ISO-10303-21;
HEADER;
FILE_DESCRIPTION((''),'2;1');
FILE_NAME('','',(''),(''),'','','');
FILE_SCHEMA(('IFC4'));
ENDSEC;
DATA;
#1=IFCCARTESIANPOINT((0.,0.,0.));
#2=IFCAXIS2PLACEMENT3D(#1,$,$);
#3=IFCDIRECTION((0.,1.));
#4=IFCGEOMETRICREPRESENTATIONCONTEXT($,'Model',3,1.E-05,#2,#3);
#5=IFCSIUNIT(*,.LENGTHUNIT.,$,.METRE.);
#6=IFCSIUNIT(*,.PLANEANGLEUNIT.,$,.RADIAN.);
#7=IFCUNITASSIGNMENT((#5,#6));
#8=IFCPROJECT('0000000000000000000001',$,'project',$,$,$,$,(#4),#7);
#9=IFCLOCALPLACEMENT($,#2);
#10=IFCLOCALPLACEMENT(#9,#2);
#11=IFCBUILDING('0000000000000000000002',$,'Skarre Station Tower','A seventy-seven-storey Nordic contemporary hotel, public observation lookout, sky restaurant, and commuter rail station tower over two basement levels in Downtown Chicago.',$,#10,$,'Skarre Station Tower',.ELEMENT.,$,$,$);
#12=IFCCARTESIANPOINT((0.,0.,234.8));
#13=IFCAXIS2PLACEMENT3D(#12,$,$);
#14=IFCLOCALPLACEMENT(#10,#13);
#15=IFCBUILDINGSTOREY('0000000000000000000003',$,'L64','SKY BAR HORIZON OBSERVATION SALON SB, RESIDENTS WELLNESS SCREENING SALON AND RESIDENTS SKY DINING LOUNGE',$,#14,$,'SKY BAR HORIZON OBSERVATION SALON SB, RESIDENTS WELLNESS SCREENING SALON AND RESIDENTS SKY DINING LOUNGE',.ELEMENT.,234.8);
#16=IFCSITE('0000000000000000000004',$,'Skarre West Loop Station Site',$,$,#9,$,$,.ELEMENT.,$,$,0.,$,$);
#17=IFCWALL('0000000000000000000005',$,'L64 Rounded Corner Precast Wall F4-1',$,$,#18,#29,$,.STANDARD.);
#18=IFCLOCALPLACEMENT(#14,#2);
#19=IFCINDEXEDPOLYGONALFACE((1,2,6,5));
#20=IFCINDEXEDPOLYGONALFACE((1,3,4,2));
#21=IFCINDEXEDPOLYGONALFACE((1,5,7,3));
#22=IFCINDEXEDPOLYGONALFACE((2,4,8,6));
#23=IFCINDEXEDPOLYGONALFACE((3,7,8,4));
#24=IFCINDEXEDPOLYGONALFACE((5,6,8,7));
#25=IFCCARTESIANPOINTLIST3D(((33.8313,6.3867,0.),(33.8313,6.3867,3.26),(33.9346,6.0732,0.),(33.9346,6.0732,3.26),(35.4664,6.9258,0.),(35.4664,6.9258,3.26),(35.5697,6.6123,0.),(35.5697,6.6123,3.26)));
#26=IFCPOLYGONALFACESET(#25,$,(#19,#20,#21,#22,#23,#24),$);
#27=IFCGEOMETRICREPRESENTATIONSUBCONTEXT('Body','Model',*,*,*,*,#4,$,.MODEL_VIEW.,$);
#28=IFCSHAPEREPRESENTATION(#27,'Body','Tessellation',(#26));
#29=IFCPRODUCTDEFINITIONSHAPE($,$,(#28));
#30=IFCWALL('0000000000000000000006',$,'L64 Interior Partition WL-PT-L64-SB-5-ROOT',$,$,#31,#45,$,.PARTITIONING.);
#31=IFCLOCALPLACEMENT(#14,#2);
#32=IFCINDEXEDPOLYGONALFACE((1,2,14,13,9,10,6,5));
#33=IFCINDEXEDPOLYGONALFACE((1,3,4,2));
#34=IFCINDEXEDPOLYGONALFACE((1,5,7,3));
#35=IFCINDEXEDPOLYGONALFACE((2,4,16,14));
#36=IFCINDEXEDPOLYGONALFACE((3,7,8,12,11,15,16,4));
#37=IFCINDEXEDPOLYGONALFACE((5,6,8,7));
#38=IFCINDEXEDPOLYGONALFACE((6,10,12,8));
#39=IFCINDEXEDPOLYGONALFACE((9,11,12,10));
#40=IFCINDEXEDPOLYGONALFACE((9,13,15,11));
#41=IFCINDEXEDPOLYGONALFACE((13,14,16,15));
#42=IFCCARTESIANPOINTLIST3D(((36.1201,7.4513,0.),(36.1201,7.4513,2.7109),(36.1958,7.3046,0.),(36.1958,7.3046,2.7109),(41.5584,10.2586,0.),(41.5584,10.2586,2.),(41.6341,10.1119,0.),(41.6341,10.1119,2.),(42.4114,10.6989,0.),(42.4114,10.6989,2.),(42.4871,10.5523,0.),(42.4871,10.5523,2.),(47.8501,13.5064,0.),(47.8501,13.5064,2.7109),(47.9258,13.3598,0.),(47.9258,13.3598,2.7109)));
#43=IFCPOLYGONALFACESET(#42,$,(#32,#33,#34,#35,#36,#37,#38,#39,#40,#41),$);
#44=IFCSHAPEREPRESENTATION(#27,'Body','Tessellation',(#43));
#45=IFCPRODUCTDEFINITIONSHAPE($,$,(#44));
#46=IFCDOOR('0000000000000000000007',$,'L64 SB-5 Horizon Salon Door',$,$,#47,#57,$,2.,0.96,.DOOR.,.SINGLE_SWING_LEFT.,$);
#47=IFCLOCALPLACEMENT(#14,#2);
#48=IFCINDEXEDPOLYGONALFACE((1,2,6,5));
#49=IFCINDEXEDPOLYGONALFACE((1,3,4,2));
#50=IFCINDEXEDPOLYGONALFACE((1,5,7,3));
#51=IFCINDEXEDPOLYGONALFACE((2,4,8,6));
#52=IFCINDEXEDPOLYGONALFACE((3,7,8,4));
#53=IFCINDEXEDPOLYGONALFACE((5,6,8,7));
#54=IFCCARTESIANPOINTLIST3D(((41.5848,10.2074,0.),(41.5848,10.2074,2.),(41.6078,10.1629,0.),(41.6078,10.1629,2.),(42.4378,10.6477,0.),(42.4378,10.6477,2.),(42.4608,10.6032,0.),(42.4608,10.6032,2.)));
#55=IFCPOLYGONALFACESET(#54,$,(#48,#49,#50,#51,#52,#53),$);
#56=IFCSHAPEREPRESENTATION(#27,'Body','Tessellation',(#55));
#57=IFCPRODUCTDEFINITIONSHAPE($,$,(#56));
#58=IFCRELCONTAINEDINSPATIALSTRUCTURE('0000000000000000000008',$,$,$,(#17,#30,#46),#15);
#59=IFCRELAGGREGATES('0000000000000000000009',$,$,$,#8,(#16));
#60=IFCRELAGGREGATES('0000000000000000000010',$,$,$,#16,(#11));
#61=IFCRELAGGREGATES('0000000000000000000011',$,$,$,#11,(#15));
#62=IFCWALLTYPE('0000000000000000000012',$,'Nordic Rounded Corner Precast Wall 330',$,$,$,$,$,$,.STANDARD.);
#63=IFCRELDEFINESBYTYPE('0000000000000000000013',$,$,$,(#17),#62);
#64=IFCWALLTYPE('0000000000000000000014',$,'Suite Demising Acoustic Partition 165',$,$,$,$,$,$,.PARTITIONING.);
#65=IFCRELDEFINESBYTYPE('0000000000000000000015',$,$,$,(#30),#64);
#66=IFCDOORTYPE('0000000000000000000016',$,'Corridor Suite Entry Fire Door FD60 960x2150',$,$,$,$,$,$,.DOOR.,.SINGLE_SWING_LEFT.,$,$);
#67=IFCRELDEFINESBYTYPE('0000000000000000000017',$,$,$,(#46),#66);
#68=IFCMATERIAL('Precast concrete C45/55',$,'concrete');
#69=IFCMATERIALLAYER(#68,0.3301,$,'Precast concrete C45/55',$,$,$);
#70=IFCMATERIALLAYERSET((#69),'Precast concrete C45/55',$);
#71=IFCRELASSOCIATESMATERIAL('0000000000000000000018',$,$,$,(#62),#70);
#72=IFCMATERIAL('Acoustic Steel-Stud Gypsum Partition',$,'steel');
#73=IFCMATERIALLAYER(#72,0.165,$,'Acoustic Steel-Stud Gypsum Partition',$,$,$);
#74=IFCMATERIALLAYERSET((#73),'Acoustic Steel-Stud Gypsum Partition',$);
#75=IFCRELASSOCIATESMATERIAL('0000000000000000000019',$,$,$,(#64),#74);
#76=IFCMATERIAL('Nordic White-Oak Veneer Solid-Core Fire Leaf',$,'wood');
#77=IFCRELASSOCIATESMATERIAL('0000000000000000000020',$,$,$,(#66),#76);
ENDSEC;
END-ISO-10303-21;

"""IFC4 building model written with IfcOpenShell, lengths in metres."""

from ifc_helpers import new_model, si_unit, direction, frame, frame_2d, origin, place, context, subcontext, project, spatial, rectangle, extrude, material, layer, layer_set, type_object, element, fill, save


model = new_model("IFC4")

# Units and contexts
model_context = context("Model", 3, precision=1e-05, world=origin(), true_north=direction((0.0, 1.0)))
body_context = subcontext(model_context, "Body", "Model", "MODEL_VIEW")
ifc_project = project(units=[si_unit("LENGTHUNIT", "METRE"), si_unit("PLANEANGLEUNIT", "RADIAN")], contexts=[model_context])

# Site, building, storey
site_placement = place(None, origin())
site = spatial("IfcSite", under=ifc_project, at=site_placement, Name="Skarre West Loop Station Site", CompositionType="ELEMENT", RefElevation=0.0)
building_placement = place(site_placement, origin())
building = spatial("IfcBuilding", under=site, at=building_placement, Name="Skarre Station Tower", Description="A seventy-seven-storey Nordic contemporary hotel, public observation lookout, sky restaurant, and commuter rail station tower over two basement levels in Downtown Chicago.", LongName="Skarre Station Tower", CompositionType="ELEMENT")
storey_placement = place(building_placement, frame((0.0, 0.0, 234.8)))
storey = spatial("IfcBuildingStorey", under=building, at=storey_placement, Name="L64", Description="SKY BAR HORIZON OBSERVATION SALON SB, RESIDENTS WELLNESS SCREENING SALON AND RESIDENTS SKY DINING LOUNGE", LongName="SKY BAR HORIZON OBSERVATION SALON SB, RESIDENTS WELLNESS SCREENING SALON AND RESIDENTS SKY DINING LOUNGE", CompositionType="ELEMENT", Elevation=234.8)

# Wall
ifc_material_1 = material(Name="Precast concrete C45/55", Category="concrete")
ifc_layer_1 = layer(ifc_material_1, 0.3301, Name="Precast concrete C45/55")
ifc_layer_set_1 = layer_set([ifc_layer_1], Name="Precast concrete C45/55")
wall_type_1 = type_object("IfcWallType", Name="Nordic Rounded Corner Precast Wall 330", PredefinedType="STANDARD", material=ifc_layer_set_1)
wall_1_placement = place(storey_placement, frame((35.5181, 6.769, 0.0), z_axis=(0.0, 0.0, 1.0), x_axis=(-0.949713, -0.31312, 0.0)))
element("IfcWall", 1, at=wall_1_placement, inside=storey, type_object=wall_type_1, Name="L64 Rounded Corner Precast Wall F4-1", PredefinedType="STANDARD", context=body_context, shape_type="SweptSolid", body=[
    extrude(rectangle(XDim=1.7217, YDim=0.3301, at=frame_2d((0.8608, 0.0))), origin(), (0.0, 0.0, 1.0), 3.26),
])

# Wall, opening, door
ifc_material_2 = material(Name="Acoustic Steel-Stud Gypsum Partition", Category="steel")
ifc_layer_2 = layer(ifc_material_2, 0.165, Name="Acoustic Steel-Stud Gypsum Partition")
ifc_layer_set_2 = layer_set([ifc_layer_2], Name="Acoustic Steel-Stud Gypsum Partition")
wall_type_2 = type_object("IfcWallType", Name="Suite Demising Acoustic Partition 165", PredefinedType="PARTITIONING", material=ifc_layer_set_2)
wall_2_placement = place(storey_placement, frame((36.158, 7.3779, 0.0), z_axis=(0.0, 0.0, 1.0), x_axis=(0.88859, 0.458702, 0.0)))
wall_2 = element("IfcWall", 2, at=wall_2_placement, inside=storey, type_object=wall_type_2, Name="L64 Interior Partition WL-PT-L64-SB-5-ROOT", PredefinedType="PARTITIONING", context=body_context, shape_type="SweptSolid", body=[
    extrude(rectangle(XDim=13.2007, YDim=0.165, at=frame_2d((6.6003, 0.0))), origin(), (0.0, 0.0, 1.0), 2.7109),
])
opening_placement = place(wall_2_placement, frame((6.1201, 0.0, 0.0)))
opening = element("IfcOpeningElement", 3, at=opening_placement, cuts=wall_2, PredefinedType="OPENING", context=body_context, shape_type="SweptSolid", body=[
    extrude(rectangle(XDim=0.96, YDim=2.0, at=frame_2d((0.48, 1.0))), frame((0.0, 0.0925, 0.0), z_axis=(0.0, -1.0, 0.0), x_axis=(1.0, 0.0, 0.0)), (0.0, 0.0, 1.0), 0.1851),
])
ifc_material_3 = material(Name="Nordic White-Oak Veneer Solid-Core Fire Leaf", Category="wood")
door_type = type_object("IfcDoorType", Name="Corridor Suite Entry Fire Door FD60 960x2150", OperationType="SINGLE_SWING_LEFT", PredefinedType="DOOR", material=ifc_material_3)
door_placement = place(opening_placement, origin())
door = element("IfcDoor", 4, at=door_placement, inside=storey, type_object=door_type, Name="L64 SB-5 Horizon Salon Door", OperationType="SINGLE_SWING_LEFT", OverallHeight=2.0, OverallWidth=0.96, PredefinedType="DOOR", context=body_context, shape_type="SweptSolid", body=[
    extrude(rectangle(XDim=0.96, YDim=2.0, at=frame_2d((0.48, 1.0))), frame((0.0, 0.0249, 0.0), z_axis=(0.0, -1.0, 0.0), x_axis=(1.0, 0.0, 0.0)), (0.0, 0.0, 1.0), 0.05),
])
fill(opening, door)

save(model, "model.ifc")
